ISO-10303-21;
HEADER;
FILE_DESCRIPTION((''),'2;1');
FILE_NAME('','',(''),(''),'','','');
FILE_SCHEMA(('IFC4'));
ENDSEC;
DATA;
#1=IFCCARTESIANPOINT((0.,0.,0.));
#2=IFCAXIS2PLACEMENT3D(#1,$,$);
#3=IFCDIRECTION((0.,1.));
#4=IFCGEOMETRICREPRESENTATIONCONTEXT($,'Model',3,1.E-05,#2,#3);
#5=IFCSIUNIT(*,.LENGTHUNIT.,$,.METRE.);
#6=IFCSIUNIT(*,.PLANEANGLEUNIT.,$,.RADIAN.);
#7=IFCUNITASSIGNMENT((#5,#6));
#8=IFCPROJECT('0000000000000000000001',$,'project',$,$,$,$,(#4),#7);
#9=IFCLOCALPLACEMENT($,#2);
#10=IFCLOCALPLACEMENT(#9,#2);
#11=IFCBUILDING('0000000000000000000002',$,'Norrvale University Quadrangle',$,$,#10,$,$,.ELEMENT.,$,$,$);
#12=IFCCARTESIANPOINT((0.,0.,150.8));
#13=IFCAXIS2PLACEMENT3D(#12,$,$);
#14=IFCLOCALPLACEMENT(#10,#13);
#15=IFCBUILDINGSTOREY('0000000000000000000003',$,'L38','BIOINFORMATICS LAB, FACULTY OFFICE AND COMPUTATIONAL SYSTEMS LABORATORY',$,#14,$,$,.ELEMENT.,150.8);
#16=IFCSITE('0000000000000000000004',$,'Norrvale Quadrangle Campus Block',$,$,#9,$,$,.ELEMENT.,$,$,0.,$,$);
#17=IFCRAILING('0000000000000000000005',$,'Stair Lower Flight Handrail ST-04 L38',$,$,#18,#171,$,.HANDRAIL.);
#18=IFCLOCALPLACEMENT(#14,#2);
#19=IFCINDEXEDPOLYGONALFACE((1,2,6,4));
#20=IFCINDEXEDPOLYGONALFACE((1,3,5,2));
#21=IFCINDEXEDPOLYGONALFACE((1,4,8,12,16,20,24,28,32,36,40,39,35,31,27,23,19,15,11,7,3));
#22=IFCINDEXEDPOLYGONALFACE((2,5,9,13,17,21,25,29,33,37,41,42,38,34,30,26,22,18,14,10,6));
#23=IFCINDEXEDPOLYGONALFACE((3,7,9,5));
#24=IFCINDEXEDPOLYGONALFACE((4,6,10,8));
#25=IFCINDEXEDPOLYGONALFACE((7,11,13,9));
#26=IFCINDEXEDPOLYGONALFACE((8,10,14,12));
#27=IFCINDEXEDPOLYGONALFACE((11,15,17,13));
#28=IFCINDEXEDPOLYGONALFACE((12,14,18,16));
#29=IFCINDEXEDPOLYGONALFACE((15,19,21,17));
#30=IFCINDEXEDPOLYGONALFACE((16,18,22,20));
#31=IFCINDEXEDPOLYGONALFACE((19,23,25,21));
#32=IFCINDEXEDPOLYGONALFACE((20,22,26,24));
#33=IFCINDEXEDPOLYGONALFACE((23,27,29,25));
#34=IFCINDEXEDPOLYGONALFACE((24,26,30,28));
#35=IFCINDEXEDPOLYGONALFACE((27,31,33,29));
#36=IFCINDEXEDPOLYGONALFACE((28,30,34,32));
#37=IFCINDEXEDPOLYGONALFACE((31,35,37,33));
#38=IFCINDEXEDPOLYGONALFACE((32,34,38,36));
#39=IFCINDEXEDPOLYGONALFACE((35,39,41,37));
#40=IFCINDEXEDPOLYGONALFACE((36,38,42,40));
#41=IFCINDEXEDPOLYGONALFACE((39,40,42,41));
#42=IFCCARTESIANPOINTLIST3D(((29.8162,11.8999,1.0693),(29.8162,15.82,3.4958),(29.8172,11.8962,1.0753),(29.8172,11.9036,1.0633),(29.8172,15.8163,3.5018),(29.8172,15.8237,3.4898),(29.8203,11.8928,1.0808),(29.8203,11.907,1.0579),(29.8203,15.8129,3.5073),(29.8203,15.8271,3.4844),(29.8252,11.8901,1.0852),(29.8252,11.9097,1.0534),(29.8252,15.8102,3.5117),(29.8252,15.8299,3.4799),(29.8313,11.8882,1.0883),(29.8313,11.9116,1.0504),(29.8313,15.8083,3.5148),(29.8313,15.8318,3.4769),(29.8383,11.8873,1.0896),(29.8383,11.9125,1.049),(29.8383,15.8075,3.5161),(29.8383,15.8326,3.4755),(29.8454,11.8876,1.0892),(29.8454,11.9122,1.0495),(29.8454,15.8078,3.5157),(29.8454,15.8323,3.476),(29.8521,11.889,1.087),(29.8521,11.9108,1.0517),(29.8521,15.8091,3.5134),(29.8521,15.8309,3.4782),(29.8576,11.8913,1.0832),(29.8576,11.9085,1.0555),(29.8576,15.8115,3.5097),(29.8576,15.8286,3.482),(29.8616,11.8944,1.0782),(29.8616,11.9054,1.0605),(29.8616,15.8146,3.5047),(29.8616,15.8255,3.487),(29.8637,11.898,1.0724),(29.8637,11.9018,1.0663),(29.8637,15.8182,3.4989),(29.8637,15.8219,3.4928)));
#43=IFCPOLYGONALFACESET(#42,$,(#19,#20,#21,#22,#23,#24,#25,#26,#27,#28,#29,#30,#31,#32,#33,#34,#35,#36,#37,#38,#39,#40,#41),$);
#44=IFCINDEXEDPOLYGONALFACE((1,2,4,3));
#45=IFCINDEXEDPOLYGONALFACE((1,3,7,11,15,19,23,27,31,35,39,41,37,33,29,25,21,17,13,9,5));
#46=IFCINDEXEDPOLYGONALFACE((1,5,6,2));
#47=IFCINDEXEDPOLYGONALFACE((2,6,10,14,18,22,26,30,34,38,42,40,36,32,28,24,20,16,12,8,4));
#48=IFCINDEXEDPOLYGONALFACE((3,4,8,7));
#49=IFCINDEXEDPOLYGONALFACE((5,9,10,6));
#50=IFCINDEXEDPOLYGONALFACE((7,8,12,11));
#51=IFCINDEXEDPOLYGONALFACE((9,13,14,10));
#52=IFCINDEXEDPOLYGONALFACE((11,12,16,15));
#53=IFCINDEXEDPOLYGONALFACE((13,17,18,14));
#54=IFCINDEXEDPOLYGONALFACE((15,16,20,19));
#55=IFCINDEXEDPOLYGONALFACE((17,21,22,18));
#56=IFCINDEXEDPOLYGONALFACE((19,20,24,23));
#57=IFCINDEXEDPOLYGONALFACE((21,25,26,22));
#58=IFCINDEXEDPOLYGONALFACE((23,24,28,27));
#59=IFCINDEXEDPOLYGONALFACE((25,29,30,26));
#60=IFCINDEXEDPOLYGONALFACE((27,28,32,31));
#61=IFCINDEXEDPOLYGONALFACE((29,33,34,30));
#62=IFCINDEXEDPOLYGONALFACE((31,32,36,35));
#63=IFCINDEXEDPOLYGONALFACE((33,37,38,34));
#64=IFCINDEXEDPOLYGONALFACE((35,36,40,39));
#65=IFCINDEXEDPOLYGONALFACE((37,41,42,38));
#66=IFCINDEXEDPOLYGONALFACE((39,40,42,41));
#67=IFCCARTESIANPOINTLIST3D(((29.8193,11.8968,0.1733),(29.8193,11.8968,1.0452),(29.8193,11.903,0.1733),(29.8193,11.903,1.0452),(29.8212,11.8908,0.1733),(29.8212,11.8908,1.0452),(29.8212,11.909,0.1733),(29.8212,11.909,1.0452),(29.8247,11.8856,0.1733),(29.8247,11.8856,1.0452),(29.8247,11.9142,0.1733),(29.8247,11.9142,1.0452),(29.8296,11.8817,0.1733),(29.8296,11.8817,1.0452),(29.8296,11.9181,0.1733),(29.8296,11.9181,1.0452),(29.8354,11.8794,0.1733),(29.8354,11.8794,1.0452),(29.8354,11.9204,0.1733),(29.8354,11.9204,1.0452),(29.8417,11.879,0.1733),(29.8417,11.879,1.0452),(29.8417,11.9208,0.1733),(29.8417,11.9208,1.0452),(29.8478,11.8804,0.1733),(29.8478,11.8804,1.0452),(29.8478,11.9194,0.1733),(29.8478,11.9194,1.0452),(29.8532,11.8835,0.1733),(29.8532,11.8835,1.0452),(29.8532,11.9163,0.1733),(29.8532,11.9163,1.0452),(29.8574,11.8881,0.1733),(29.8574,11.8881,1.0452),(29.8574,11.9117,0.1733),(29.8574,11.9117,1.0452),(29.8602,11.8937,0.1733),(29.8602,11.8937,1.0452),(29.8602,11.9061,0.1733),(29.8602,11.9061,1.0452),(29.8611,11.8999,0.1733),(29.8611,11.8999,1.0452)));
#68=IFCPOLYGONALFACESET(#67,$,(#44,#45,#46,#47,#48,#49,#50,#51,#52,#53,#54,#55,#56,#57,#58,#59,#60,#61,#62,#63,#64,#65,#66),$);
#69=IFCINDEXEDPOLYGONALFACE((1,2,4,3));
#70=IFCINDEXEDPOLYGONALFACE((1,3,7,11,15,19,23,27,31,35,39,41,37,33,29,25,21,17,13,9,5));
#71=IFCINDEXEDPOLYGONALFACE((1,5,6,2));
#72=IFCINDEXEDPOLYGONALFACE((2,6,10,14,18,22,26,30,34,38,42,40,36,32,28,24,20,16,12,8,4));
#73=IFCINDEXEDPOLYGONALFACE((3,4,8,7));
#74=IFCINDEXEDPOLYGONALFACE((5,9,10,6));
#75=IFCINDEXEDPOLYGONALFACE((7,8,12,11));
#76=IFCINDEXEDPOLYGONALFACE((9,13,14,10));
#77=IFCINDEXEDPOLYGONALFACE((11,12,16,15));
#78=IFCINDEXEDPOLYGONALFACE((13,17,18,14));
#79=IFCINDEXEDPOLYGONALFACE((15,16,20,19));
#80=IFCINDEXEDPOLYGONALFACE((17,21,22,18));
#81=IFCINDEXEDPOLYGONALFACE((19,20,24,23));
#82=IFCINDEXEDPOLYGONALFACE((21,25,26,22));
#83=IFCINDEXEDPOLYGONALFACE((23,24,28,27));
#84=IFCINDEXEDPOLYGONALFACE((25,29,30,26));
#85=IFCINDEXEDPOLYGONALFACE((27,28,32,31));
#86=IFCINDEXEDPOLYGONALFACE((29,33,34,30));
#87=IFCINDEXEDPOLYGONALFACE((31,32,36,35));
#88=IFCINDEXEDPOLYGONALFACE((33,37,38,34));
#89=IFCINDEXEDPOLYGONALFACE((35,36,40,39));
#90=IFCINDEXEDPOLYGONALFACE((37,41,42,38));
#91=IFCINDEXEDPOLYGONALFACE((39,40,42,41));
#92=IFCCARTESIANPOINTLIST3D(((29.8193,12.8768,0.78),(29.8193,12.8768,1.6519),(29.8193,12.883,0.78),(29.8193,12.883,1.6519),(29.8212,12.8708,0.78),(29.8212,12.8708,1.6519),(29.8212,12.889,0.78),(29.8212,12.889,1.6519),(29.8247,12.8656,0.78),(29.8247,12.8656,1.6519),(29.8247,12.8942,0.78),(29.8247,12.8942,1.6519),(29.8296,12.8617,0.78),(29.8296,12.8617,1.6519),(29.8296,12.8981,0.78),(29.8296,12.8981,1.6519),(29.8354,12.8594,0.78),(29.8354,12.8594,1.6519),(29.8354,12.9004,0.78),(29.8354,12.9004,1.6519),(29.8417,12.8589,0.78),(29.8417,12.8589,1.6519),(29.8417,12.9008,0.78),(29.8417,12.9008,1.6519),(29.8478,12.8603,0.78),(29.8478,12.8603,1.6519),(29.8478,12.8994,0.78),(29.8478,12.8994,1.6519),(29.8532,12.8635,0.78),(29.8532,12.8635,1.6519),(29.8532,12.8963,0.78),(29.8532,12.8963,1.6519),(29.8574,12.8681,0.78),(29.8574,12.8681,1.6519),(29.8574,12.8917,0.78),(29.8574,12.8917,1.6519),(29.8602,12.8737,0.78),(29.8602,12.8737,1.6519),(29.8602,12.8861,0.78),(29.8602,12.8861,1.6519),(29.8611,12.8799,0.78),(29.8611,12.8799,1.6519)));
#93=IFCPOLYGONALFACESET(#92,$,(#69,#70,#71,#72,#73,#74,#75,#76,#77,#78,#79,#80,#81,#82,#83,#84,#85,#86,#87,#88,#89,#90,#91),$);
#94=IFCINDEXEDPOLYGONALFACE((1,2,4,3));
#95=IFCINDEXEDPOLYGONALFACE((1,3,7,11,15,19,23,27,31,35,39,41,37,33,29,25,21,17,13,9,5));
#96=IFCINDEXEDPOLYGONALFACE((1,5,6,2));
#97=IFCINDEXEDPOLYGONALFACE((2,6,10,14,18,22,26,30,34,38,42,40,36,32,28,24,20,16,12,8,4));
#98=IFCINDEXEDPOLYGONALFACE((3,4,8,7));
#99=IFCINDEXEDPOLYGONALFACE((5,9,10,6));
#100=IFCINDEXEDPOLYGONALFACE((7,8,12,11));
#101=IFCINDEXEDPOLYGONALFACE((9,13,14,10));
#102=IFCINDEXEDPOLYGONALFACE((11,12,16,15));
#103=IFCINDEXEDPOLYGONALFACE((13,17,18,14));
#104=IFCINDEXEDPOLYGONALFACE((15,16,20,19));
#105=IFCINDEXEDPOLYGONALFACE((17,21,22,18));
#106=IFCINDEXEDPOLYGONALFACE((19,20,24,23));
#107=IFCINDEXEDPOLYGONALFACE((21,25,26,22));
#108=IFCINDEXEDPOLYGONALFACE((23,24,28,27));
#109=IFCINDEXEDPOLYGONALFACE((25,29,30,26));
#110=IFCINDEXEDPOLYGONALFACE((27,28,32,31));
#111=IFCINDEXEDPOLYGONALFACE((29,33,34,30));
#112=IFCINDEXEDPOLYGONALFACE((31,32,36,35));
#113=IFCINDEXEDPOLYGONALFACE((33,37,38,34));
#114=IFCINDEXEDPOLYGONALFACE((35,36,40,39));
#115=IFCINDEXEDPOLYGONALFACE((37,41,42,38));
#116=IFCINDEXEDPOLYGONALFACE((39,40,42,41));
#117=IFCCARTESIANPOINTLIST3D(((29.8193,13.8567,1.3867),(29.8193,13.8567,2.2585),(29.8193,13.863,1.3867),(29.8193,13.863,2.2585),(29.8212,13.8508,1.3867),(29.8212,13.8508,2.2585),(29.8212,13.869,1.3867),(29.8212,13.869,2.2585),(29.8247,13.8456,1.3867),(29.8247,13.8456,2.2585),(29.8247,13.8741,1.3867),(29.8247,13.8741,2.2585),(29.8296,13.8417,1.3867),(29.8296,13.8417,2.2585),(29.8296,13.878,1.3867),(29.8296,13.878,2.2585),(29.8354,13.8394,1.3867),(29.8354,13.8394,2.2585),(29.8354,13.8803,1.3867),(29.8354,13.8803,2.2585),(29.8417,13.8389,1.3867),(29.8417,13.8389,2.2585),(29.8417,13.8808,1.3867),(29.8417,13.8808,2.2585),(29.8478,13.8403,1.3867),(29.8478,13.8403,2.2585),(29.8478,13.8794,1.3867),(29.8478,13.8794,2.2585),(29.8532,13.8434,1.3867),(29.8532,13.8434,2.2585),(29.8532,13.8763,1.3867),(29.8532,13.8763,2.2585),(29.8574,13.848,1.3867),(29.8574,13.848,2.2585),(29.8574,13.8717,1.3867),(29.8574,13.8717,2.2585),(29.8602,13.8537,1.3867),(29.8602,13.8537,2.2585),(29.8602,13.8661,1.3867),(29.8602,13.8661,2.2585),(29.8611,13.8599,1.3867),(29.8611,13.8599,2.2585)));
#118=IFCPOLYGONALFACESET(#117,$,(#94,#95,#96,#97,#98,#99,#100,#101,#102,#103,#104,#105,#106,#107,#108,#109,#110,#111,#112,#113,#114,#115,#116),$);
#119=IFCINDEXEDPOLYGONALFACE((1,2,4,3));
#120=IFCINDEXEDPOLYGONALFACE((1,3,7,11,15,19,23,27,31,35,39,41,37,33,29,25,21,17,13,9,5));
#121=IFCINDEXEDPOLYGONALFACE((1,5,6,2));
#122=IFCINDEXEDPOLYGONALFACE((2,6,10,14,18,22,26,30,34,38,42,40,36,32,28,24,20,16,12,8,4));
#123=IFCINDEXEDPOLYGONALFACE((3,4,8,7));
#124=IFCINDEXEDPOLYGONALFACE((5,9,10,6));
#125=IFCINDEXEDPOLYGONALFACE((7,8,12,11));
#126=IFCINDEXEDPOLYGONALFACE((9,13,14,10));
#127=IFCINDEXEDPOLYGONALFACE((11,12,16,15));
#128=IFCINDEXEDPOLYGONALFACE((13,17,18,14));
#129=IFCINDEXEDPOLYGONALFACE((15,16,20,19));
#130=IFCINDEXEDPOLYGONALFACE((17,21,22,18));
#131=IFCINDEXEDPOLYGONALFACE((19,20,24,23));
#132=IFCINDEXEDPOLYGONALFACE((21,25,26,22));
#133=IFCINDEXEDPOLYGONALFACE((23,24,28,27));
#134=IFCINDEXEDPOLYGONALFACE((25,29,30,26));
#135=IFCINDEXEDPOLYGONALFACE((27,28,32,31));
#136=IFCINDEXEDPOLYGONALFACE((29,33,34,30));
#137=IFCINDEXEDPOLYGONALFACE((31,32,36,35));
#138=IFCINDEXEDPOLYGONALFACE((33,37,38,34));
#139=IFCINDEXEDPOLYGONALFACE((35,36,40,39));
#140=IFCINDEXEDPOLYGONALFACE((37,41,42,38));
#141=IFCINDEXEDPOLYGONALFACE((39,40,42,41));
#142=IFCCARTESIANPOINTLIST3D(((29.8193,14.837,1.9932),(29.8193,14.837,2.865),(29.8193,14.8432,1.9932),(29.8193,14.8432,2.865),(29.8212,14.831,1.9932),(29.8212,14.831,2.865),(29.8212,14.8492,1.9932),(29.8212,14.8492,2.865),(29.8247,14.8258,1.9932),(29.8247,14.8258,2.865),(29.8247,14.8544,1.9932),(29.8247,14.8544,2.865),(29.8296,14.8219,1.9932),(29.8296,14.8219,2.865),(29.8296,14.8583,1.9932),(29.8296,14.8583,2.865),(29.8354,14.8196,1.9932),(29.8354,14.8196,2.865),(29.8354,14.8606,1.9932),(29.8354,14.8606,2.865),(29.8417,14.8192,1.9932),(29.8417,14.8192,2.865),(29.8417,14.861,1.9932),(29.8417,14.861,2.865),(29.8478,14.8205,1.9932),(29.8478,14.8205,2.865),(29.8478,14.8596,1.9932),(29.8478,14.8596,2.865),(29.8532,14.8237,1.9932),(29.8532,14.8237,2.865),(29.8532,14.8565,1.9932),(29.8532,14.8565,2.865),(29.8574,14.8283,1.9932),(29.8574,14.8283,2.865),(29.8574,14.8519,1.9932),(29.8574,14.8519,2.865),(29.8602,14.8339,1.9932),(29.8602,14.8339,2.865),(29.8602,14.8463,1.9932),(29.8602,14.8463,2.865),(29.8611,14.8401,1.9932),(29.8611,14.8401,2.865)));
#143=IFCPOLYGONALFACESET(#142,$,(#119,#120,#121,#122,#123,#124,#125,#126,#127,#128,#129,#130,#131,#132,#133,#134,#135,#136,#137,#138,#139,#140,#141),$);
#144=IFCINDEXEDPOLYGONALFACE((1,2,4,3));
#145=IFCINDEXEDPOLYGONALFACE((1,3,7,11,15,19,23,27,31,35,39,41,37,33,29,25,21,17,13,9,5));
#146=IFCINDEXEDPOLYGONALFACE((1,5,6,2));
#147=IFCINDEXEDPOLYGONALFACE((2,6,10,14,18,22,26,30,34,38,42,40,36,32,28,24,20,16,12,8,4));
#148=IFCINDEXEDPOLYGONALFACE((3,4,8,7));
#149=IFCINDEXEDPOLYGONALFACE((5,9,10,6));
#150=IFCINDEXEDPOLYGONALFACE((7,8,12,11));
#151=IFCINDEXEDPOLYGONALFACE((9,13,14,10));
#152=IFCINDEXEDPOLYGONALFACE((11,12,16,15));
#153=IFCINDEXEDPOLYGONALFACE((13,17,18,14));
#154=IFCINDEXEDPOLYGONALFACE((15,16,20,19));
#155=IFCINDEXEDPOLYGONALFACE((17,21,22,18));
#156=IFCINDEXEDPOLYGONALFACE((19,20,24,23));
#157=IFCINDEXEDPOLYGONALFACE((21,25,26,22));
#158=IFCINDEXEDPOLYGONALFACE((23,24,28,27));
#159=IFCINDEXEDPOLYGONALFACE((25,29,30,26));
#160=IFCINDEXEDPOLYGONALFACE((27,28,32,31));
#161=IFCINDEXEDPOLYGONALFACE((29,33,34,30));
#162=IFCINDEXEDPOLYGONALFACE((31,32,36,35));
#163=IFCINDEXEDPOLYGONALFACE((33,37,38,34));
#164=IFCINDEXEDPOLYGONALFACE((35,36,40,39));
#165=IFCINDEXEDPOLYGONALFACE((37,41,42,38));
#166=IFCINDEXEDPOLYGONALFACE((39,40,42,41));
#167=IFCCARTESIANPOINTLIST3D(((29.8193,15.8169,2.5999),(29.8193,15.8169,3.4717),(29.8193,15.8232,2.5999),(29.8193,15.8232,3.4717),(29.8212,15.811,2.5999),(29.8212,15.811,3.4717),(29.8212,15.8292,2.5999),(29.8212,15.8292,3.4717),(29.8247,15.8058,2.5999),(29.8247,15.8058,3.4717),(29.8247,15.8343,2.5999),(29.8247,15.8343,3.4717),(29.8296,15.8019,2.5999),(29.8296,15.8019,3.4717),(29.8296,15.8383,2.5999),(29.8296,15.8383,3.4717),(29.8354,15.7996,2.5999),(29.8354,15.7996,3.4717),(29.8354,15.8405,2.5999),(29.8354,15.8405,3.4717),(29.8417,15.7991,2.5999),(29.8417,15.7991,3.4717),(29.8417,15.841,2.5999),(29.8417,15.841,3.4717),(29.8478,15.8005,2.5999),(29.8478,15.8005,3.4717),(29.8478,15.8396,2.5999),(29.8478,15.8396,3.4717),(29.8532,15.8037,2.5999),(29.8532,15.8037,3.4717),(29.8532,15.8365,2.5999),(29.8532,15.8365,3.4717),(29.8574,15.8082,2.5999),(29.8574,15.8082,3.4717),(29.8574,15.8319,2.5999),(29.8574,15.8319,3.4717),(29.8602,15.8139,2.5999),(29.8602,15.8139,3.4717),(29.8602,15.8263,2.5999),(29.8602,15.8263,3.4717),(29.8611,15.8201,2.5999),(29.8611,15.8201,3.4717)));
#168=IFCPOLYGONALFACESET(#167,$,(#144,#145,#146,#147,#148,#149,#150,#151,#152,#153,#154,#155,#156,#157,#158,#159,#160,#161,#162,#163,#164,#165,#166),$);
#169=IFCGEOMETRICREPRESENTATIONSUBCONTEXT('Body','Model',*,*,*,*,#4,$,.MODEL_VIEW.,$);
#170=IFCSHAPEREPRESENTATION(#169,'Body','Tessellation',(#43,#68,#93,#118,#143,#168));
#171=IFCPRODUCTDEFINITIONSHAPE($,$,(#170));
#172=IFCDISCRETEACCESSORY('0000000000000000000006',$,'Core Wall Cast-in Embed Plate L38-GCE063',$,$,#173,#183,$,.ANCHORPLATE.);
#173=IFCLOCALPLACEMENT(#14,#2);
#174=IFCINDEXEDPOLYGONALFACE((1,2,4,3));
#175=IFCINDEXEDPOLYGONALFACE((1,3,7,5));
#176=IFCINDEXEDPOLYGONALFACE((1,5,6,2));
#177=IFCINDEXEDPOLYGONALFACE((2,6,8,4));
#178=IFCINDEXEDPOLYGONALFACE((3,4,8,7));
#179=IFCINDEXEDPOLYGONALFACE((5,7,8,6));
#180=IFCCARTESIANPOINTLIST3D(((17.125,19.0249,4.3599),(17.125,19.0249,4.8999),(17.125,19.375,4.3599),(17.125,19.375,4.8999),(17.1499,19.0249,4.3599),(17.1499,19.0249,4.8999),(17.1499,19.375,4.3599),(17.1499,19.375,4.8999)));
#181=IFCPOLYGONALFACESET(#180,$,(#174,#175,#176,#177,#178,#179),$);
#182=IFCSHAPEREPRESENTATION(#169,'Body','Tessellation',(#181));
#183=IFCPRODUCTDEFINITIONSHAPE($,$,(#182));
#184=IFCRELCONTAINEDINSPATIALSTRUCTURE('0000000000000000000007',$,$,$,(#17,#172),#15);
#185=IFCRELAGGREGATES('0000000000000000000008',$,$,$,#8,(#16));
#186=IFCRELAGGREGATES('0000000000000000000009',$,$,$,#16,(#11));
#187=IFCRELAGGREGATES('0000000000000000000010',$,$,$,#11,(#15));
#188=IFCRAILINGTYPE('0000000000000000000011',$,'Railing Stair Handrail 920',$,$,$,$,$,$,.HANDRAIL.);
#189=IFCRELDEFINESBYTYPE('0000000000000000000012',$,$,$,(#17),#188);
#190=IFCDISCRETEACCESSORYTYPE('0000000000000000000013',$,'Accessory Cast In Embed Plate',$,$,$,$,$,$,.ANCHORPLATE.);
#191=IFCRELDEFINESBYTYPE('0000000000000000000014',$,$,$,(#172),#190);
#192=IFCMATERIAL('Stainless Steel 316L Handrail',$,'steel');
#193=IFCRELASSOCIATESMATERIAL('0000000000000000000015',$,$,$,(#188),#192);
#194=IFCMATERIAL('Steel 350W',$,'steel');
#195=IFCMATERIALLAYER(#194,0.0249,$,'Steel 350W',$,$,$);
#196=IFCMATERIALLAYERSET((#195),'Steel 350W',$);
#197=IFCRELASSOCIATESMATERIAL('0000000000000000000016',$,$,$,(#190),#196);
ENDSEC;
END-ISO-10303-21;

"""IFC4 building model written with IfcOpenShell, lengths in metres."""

from ifc_helpers import new_model, si_unit, direction, frame, origin, origin_2d, place, context, subcontext, project, spatial, rectangle, circle, extrude, material, layer, layer_set, type_object, element, save


model = new_model("IFC4")

# Units and contexts
model_context = context("Model", 3, precision=1e-05, world=origin(), true_north=direction((0.0, 1.0)))
body_context = subcontext(model_context, "Body", "Model", "MODEL_VIEW")
ifc_project = project(units=[si_unit("LENGTHUNIT", "METRE"), si_unit("PLANEANGLEUNIT", "RADIAN")], contexts=[model_context])

# Site, building, storey
site_placement = place(None, origin())
site = spatial("IfcSite", under=ifc_project, at=site_placement, Name="Norrvale Quadrangle Campus Block", CompositionType="ELEMENT", RefElevation=0.0)
building_placement = place(site_placement, origin())
building = spatial("IfcBuilding", under=site, at=building_placement, Name="Norrvale University Quadrangle", CompositionType="ELEMENT")
storey_placement = place(building_placement, frame((0.0, 0.0, 150.8)))
storey = spatial("IfcBuildingStorey", under=building, at=storey_placement, Name="L38", Description="BIOINFORMATICS LAB, FACULTY OFFICE AND COMPUTATIONAL SYSTEMS LABORATORY", CompositionType="ELEMENT", Elevation=150.8)

# Shared definitions
ifc_material_1 = material(Name="Steel 350W", Category="steel")

# Railing
ifc_material_2 = material(Name="Stainless Steel 316L Handrail", Category="steel")
railing_type_1 = type_object("IfcRailingType", Name="Railing Stair Handrail 920", PredefinedType="HANDRAIL", material=ifc_material_2)
railing_1_placement = place(storey_placement, frame((29.8401, 11.8999, 0.1733)))
element("IfcRailing", 1, at=railing_1_placement, inside=storey, type_object=railing_type_1, Name="Stair Lower Flight Handrail ST-04 L38", PredefinedType="HANDRAIL", context=body_context, shape_type="SweptSolid", body=[
    extrude(circle(Radius=0.0239, at=origin_2d()), frame((0.0, 0.0, 0.896), z_axis=(0.0, 0.85029, 0.526315), x_axis=(-1.0, 0.0, 0.0)), (0.0, 0.0, 1.0), 4.6104),
    extrude(circle(Radius=0.021, at=origin_2d()), origin(), (0.0, 0.0, 1.0), 0.8718),
    extrude(circle(Radius=0.021, at=origin_2d()), frame((0.0, 0.98, 0.6067)), (0.0, 0.0, 1.0), 0.8718),
    extrude(circle(Radius=0.021, at=origin_2d()), frame((0.0, 1.96, 1.2134)), (0.0, 0.0, 1.0), 0.8718),
    extrude(circle(Radius=0.021, at=origin_2d()), frame((0.0, 2.9402, 1.8198)), (0.0, 0.0, 1.0), 0.8718),
    extrude(circle(Radius=0.021, at=origin_2d()), frame((0.0, 3.9202, 2.4265)), (0.0, 0.0, 1.0), 0.8718),
])

# Discrete accessory
ifc_layer_1 = layer(ifc_material_1, 0.0249, Name="Steel 350W")
ifc_layer_set_1 = layer_set([ifc_layer_1], Name="Steel 350W")
discrete_accessory_type = type_object("IfcDiscreteAccessoryType", Name="Accessory Cast In Embed Plate", PredefinedType="ANCHORPLATE", material=ifc_layer_set_1)
discrete_accessory_placement = place(storey_placement, frame((17.1375, 19.2, 4.3599), z_axis=(0.0, 0.0, 1.0), x_axis=(1.0, 0.0, 0.0)))
element("IfcDiscreteAccessory", 2, at=discrete_accessory_placement, inside=storey, type_object=discrete_accessory_type, Name="Core Wall Cast-in Embed Plate L38-GCE063", PredefinedType="ANCHORPLATE", context=body_context, shape_type="SweptSolid", body=[
    extrude(rectangle(XDim=0.0249, YDim=0.3501, at=origin_2d()), origin(), (0.0, 0.0, 1.0), 0.54),
])

save(model, "model.ifc")
